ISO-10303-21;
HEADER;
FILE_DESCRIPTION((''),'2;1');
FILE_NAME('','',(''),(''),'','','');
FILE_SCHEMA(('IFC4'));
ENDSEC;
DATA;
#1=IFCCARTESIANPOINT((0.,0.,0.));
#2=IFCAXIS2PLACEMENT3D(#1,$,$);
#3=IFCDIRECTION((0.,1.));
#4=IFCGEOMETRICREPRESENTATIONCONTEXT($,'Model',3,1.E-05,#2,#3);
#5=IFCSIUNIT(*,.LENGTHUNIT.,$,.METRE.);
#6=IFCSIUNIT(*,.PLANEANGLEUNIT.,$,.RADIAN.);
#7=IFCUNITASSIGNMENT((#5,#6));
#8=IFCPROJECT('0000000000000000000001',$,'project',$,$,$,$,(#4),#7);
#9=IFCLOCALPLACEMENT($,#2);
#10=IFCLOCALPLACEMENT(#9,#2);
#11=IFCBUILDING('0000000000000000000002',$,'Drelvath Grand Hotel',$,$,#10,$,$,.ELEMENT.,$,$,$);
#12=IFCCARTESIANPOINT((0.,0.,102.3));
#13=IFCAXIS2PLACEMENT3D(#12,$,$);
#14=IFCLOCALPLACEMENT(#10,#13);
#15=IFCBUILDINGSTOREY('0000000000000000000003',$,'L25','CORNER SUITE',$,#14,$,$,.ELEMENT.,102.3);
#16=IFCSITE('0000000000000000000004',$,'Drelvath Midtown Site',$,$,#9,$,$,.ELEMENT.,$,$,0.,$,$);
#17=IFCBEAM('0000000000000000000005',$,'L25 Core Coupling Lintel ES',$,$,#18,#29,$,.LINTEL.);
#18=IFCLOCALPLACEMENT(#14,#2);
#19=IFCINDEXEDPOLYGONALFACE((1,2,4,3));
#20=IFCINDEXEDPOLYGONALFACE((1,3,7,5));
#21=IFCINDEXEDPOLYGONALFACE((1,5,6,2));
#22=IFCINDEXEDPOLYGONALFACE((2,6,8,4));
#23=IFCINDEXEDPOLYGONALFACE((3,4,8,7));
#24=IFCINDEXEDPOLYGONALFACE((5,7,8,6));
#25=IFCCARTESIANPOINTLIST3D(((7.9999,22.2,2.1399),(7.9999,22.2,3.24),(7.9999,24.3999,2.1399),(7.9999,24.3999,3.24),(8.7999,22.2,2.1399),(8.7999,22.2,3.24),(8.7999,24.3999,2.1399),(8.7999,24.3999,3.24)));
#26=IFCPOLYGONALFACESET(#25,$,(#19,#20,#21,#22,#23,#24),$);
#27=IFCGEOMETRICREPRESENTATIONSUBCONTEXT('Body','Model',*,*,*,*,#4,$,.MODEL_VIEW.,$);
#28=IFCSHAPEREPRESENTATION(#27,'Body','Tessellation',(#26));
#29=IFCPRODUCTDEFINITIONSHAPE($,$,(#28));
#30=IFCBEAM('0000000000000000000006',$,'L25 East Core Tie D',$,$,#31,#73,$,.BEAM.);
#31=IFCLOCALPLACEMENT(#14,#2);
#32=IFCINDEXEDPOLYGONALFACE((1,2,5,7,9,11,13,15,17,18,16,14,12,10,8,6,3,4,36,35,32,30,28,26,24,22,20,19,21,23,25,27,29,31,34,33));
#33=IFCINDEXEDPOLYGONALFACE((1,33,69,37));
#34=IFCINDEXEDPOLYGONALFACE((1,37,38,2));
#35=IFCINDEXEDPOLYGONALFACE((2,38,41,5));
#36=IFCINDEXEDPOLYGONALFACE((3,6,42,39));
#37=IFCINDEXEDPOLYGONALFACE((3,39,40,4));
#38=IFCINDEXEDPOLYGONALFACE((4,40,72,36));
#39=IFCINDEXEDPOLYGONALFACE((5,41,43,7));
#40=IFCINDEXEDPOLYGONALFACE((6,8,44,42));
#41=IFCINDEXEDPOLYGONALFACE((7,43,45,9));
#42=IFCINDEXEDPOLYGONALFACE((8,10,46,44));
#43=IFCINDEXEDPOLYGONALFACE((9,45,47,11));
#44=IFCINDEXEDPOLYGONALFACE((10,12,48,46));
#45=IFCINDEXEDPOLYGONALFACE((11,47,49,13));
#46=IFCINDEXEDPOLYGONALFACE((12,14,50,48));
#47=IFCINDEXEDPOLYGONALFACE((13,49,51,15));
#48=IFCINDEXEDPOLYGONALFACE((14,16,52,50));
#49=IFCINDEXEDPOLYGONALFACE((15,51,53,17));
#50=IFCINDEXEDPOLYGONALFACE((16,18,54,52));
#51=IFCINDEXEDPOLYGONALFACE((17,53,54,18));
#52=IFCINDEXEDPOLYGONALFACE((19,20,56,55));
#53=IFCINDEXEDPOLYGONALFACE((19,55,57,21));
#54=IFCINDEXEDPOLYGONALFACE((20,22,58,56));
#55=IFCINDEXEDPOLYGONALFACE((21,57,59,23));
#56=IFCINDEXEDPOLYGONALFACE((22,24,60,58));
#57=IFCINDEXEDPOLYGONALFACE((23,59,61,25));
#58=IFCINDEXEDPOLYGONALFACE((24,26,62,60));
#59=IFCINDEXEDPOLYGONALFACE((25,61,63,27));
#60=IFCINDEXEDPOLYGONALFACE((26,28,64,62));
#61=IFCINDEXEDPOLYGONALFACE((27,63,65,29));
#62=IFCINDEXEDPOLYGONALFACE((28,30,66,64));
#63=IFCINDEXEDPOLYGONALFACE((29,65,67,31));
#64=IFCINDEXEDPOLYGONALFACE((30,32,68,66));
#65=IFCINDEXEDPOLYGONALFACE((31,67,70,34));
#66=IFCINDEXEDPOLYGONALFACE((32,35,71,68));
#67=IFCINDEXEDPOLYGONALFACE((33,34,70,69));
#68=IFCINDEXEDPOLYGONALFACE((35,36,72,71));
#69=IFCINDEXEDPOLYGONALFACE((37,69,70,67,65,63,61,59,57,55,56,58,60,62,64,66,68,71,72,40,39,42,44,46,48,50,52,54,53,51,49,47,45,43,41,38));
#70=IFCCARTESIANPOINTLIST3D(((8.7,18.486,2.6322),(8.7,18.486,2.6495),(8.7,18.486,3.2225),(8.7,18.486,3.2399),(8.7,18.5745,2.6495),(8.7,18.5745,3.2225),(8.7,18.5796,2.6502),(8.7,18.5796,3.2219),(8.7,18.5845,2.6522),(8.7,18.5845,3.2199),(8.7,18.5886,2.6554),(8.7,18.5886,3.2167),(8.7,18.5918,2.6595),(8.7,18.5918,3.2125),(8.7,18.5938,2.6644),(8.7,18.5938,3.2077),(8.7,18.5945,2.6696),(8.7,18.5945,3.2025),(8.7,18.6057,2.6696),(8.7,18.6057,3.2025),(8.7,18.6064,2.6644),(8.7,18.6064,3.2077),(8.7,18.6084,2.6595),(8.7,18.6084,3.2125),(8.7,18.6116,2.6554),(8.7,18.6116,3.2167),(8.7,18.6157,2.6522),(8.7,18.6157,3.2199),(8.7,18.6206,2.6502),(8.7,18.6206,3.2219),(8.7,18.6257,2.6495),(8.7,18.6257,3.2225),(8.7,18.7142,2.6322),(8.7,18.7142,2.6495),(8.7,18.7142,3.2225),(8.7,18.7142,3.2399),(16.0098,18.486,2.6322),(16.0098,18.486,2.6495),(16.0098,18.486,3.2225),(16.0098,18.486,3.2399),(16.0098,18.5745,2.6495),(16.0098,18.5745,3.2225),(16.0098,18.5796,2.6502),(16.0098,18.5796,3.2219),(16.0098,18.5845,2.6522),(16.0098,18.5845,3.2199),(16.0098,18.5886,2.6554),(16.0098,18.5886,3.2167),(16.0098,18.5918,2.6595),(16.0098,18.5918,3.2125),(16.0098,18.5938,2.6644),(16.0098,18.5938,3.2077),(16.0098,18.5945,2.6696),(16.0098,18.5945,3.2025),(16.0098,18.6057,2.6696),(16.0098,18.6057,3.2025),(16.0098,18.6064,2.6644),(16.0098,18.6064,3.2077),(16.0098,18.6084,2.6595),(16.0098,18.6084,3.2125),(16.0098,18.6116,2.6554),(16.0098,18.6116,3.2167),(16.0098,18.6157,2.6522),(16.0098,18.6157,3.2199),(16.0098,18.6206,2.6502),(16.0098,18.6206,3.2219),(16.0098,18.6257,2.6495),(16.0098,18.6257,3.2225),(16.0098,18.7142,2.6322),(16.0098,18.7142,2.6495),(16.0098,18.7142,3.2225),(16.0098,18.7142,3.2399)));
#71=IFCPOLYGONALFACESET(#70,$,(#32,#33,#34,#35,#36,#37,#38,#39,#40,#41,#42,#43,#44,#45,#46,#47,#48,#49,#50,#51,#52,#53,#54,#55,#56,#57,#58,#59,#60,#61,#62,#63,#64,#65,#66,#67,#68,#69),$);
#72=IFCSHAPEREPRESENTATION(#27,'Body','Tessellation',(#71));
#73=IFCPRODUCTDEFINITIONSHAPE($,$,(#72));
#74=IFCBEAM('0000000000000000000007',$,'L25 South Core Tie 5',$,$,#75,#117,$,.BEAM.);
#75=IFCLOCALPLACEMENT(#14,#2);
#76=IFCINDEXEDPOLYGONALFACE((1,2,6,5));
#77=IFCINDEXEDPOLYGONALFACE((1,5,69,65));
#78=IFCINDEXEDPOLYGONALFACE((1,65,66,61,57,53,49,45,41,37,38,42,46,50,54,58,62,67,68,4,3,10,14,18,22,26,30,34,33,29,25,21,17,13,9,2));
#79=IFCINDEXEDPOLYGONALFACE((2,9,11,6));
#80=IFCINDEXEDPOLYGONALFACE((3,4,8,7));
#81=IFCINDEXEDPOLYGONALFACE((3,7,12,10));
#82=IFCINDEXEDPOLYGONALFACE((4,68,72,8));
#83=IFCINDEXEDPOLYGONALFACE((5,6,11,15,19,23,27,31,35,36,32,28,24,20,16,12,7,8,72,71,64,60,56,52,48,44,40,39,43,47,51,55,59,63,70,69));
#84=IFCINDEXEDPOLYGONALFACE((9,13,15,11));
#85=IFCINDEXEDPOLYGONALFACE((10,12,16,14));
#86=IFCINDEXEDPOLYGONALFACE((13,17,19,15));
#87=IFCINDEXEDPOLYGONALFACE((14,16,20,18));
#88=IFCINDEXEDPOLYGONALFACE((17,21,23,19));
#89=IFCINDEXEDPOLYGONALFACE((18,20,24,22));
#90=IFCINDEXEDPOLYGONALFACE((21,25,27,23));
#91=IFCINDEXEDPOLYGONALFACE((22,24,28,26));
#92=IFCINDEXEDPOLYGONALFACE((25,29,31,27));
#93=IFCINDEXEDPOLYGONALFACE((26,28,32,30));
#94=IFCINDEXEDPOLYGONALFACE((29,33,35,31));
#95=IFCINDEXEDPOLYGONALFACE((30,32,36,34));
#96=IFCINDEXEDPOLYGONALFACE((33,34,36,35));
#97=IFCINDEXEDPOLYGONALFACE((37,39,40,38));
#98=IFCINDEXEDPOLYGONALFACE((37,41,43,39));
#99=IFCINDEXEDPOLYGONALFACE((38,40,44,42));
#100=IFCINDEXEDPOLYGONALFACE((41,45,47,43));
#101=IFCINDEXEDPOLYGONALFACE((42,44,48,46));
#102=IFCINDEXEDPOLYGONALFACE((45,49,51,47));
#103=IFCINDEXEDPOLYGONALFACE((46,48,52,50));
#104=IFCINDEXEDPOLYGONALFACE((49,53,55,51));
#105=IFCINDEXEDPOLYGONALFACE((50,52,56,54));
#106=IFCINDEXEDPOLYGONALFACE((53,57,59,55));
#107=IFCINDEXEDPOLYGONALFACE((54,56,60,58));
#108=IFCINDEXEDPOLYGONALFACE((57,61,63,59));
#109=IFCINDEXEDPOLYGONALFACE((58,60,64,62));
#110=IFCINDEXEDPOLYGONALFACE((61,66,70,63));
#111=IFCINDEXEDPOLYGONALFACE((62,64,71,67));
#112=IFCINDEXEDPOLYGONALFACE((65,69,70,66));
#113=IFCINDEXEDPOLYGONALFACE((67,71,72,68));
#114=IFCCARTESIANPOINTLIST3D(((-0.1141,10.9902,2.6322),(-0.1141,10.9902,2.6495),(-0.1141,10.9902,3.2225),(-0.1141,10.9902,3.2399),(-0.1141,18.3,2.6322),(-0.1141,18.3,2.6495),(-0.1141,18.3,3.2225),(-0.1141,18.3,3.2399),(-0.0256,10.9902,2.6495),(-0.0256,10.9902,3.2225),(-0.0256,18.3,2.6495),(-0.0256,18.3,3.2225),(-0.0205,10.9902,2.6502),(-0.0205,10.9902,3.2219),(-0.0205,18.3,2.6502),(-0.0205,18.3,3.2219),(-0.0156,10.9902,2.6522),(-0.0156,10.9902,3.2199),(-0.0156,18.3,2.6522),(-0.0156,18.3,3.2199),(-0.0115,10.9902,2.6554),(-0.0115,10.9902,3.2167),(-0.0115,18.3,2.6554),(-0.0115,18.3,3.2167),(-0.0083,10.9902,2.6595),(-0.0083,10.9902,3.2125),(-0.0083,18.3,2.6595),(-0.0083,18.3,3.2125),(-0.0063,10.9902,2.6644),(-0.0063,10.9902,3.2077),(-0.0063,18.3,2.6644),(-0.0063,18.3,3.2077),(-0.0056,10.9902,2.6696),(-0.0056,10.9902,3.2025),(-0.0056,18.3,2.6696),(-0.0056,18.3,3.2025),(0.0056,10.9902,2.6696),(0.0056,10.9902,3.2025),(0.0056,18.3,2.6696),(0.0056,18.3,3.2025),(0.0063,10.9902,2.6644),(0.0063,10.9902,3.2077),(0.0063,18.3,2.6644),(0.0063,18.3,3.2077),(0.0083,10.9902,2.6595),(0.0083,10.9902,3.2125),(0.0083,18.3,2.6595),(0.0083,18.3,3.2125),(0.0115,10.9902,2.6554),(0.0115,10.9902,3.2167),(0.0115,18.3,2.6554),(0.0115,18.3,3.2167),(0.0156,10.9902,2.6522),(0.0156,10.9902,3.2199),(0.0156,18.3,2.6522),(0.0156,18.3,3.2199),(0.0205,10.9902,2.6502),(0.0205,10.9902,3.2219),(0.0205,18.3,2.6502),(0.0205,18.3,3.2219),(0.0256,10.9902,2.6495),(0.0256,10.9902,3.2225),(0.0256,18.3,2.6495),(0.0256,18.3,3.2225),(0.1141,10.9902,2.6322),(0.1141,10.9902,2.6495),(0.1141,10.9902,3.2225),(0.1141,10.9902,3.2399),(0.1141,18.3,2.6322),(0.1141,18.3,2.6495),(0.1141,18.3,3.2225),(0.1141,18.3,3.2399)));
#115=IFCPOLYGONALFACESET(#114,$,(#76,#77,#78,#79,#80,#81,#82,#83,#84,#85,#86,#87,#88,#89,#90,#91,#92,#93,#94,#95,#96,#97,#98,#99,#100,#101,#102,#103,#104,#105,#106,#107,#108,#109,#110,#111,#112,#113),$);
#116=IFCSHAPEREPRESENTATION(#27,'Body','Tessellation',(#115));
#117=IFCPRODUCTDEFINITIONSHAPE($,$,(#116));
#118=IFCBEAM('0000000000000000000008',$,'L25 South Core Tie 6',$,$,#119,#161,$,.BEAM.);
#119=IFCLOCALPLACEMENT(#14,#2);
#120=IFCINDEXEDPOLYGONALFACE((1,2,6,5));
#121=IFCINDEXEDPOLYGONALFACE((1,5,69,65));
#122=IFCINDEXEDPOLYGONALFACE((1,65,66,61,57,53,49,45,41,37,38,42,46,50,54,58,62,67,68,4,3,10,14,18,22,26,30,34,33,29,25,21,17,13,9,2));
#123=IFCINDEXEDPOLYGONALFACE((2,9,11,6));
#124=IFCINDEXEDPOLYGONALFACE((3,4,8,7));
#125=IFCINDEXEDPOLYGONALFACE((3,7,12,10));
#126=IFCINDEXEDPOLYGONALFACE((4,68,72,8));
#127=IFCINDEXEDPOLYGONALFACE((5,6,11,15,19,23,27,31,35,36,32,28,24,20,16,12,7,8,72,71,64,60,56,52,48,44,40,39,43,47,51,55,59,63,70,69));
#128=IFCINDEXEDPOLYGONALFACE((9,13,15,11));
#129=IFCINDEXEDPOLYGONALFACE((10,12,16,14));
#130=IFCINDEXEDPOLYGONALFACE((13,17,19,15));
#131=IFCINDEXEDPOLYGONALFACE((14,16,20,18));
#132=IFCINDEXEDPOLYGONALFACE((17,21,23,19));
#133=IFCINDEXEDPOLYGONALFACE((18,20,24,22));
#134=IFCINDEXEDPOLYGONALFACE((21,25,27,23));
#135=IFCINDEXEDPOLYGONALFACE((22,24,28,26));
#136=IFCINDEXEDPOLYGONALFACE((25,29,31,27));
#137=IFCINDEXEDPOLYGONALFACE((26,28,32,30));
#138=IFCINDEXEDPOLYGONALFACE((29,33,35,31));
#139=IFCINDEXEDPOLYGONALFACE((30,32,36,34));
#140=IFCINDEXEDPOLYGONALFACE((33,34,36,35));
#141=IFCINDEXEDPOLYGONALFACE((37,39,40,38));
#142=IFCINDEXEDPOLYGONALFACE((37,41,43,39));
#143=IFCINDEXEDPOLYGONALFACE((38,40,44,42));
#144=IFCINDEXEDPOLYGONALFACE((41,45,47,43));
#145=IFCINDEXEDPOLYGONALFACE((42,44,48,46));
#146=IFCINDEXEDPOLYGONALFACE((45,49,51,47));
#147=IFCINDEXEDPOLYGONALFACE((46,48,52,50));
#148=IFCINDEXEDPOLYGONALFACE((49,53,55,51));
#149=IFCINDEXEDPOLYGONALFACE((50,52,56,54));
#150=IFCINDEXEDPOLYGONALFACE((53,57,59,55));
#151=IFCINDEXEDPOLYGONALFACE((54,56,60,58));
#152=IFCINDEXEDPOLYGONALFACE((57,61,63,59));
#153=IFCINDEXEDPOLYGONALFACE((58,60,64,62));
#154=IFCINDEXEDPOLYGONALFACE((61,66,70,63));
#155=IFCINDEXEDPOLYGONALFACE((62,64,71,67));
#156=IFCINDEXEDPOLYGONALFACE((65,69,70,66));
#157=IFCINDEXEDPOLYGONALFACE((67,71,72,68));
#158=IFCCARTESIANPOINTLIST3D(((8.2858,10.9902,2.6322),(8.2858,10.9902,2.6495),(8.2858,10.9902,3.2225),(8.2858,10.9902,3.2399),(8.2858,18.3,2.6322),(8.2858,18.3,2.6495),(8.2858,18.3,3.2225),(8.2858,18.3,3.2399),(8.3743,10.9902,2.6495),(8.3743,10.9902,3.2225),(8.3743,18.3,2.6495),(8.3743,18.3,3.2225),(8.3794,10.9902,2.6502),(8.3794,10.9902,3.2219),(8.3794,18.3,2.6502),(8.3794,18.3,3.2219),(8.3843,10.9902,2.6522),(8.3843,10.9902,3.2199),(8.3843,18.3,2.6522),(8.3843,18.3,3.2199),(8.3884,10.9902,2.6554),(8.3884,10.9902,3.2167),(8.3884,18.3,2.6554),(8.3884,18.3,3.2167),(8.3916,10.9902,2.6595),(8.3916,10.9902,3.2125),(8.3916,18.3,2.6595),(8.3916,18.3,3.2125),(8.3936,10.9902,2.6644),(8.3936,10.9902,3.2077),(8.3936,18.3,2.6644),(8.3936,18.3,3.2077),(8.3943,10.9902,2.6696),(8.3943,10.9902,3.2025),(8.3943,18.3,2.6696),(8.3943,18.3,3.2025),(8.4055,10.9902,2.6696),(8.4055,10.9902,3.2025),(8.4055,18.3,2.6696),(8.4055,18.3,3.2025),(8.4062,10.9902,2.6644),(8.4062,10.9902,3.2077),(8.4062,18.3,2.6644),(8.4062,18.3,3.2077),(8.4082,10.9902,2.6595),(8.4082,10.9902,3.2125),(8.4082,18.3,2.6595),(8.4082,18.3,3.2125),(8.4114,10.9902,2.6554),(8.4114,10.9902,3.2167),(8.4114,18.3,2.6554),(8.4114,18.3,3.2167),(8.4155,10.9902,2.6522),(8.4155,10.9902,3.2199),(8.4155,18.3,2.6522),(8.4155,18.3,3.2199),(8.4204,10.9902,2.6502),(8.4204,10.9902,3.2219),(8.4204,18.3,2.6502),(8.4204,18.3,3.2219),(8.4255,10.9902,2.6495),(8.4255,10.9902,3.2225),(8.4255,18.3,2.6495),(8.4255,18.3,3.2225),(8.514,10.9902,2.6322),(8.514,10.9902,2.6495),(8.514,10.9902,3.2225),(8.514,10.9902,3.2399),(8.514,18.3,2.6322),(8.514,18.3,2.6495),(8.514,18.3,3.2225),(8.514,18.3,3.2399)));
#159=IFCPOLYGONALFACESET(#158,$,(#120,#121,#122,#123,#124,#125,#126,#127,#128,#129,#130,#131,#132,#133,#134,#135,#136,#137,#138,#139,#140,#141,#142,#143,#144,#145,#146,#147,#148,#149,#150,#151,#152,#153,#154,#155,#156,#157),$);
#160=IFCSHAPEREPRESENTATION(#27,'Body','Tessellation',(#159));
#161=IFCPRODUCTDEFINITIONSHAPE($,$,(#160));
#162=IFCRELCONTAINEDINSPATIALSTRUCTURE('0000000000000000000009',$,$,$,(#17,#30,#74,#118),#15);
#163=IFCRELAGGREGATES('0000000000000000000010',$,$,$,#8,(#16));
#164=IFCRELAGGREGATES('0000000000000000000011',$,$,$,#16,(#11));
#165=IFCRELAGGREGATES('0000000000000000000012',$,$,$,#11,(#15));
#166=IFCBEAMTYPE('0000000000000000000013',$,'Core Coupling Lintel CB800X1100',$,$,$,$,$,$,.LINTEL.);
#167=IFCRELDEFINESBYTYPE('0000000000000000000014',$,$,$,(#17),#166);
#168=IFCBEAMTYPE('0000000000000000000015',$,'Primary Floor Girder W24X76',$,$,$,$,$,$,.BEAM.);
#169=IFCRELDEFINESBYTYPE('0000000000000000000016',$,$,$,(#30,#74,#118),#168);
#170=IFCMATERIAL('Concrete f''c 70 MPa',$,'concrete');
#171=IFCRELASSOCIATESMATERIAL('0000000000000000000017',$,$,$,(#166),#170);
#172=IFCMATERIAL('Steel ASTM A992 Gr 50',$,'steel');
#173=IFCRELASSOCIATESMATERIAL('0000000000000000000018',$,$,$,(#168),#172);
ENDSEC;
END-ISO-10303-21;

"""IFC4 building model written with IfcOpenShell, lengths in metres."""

from ifc_helpers import new_model, si_unit, direction, frame, origin, origin_2d, place, context, subcontext, project, spatial, rectangle, i_section, extrude, material, material_profile, profile_set, type_object, element, save


model = new_model("IFC4")

# Units and contexts
model_context = context("Model", 3, precision=1e-05, world=origin(), true_north=direction((0.0, 1.0)))
body_context = subcontext(model_context, "Body", "Model", "MODEL_VIEW")
ifc_project = project(units=[si_unit("LENGTHUNIT", "METRE"), si_unit("PLANEANGLEUNIT", "RADIAN")], contexts=[model_context])

# Site, building, storey
site_placement = place(None, origin())
site = spatial("IfcSite", under=ifc_project, at=site_placement, Name="Drelvath Midtown Site", CompositionType="ELEMENT", RefElevation=0.0)
building_placement = place(site_placement, origin())
building = spatial("IfcBuilding", under=site, at=building_placement, Name="Drelvath Grand Hotel", CompositionType="ELEMENT")
storey_placement = place(building_placement, frame((0.0, 0.0, 102.3)))
storey = spatial("IfcBuildingStorey", under=building, at=storey_placement, Name="L25", Description="CORNER SUITE", CompositionType="ELEMENT", Elevation=102.3)

# Beams
ifc_material_1 = material(Name="Concrete f'c 70 MPa", Category="concrete")
ifc_material_profile_1 = material_profile(ifc_material_1, rectangle(XDim=0.8, YDim=1.1001, at=origin_2d()), Name="CB800X1100")
ifc_profile_set_1 = profile_set([ifc_material_profile_1], Name="Concrete f'c 70 MPa")
beam_type_1 = type_object("IfcBeamType", Name="Core Coupling Lintel CB800X1100", PredefinedType="LINTEL", material=ifc_profile_set_1)
beam_placement = place(storey_placement, frame((8.3999, 22.2, 2.6899), z_axis=(0.0, 1.0, 0.0), x_axis=(-1.0, 0.0, 0.0)))
element("IfcBeam", 1, at=beam_placement, inside=storey, type_object=beam_type_1, Name="L25 Core Coupling Lintel ES", PredefinedType="LINTEL", context=body_context, shape_type="SweptSolid", body=[
    extrude(rectangle(XDim=0.8, YDim=1.1001, at=origin_2d()), origin(), (0.0, 0.0, 1.0), 2.2),
])
ifc_material_2 = material(Name="Steel ASTM A992 Gr 50", Category="steel")
ifc_material_profile_2 = material_profile(ifc_material_2, i_section(OverallWidth=0.2283, OverallDepth=0.6077, WebThickness=0.0112, FlangeThickness=0.0173, FilletRadius=0.02, at=origin_2d()), Name="W24X76")
ifc_profile_set_2 = profile_set([ifc_material_profile_2], Name="Steel ASTM A992 Gr 50")
beam_type_2 = type_object("IfcBeamType", Name="Primary Floor Girder W24X76", PredefinedType="BEAM", material=ifc_profile_set_2)
for number, where, z_axis, x_axis, name in (
    (2, (8.7, 18.6001, 2.936), (1.0, 0.0, 0.0), (0.0, 1.0, 0.0), "L25 East Core Tie D"),
    (3, (0.0, 10.9902, 2.936), (0.0, 1.0, 0.0), (-1.0, 0.0, 0.0), "L25 South Core Tie 5"),
    (4, (8.3999, 10.9902, 2.936), (0.0, 1.0, 0.0), (-1.0, 0.0, 0.0), "L25 South Core Tie 6"),
):
    element("IfcBeam", number, at=place(storey_placement, frame(where, z_axis=z_axis, x_axis=x_axis)), inside=storey, type_object=beam_type_2, Name=name, PredefinedType="BEAM", context=body_context, shape_type="SweptSolid", body=[
        extrude(i_section(OverallWidth=0.2283, OverallDepth=0.6077, WebThickness=0.0112, FlangeThickness=0.0173, FilletRadius=0.02, at=origin_2d()), origin(), (0.0, 0.0, 1.0), 7.3098),
    ])

save(model, "model.ifc")
